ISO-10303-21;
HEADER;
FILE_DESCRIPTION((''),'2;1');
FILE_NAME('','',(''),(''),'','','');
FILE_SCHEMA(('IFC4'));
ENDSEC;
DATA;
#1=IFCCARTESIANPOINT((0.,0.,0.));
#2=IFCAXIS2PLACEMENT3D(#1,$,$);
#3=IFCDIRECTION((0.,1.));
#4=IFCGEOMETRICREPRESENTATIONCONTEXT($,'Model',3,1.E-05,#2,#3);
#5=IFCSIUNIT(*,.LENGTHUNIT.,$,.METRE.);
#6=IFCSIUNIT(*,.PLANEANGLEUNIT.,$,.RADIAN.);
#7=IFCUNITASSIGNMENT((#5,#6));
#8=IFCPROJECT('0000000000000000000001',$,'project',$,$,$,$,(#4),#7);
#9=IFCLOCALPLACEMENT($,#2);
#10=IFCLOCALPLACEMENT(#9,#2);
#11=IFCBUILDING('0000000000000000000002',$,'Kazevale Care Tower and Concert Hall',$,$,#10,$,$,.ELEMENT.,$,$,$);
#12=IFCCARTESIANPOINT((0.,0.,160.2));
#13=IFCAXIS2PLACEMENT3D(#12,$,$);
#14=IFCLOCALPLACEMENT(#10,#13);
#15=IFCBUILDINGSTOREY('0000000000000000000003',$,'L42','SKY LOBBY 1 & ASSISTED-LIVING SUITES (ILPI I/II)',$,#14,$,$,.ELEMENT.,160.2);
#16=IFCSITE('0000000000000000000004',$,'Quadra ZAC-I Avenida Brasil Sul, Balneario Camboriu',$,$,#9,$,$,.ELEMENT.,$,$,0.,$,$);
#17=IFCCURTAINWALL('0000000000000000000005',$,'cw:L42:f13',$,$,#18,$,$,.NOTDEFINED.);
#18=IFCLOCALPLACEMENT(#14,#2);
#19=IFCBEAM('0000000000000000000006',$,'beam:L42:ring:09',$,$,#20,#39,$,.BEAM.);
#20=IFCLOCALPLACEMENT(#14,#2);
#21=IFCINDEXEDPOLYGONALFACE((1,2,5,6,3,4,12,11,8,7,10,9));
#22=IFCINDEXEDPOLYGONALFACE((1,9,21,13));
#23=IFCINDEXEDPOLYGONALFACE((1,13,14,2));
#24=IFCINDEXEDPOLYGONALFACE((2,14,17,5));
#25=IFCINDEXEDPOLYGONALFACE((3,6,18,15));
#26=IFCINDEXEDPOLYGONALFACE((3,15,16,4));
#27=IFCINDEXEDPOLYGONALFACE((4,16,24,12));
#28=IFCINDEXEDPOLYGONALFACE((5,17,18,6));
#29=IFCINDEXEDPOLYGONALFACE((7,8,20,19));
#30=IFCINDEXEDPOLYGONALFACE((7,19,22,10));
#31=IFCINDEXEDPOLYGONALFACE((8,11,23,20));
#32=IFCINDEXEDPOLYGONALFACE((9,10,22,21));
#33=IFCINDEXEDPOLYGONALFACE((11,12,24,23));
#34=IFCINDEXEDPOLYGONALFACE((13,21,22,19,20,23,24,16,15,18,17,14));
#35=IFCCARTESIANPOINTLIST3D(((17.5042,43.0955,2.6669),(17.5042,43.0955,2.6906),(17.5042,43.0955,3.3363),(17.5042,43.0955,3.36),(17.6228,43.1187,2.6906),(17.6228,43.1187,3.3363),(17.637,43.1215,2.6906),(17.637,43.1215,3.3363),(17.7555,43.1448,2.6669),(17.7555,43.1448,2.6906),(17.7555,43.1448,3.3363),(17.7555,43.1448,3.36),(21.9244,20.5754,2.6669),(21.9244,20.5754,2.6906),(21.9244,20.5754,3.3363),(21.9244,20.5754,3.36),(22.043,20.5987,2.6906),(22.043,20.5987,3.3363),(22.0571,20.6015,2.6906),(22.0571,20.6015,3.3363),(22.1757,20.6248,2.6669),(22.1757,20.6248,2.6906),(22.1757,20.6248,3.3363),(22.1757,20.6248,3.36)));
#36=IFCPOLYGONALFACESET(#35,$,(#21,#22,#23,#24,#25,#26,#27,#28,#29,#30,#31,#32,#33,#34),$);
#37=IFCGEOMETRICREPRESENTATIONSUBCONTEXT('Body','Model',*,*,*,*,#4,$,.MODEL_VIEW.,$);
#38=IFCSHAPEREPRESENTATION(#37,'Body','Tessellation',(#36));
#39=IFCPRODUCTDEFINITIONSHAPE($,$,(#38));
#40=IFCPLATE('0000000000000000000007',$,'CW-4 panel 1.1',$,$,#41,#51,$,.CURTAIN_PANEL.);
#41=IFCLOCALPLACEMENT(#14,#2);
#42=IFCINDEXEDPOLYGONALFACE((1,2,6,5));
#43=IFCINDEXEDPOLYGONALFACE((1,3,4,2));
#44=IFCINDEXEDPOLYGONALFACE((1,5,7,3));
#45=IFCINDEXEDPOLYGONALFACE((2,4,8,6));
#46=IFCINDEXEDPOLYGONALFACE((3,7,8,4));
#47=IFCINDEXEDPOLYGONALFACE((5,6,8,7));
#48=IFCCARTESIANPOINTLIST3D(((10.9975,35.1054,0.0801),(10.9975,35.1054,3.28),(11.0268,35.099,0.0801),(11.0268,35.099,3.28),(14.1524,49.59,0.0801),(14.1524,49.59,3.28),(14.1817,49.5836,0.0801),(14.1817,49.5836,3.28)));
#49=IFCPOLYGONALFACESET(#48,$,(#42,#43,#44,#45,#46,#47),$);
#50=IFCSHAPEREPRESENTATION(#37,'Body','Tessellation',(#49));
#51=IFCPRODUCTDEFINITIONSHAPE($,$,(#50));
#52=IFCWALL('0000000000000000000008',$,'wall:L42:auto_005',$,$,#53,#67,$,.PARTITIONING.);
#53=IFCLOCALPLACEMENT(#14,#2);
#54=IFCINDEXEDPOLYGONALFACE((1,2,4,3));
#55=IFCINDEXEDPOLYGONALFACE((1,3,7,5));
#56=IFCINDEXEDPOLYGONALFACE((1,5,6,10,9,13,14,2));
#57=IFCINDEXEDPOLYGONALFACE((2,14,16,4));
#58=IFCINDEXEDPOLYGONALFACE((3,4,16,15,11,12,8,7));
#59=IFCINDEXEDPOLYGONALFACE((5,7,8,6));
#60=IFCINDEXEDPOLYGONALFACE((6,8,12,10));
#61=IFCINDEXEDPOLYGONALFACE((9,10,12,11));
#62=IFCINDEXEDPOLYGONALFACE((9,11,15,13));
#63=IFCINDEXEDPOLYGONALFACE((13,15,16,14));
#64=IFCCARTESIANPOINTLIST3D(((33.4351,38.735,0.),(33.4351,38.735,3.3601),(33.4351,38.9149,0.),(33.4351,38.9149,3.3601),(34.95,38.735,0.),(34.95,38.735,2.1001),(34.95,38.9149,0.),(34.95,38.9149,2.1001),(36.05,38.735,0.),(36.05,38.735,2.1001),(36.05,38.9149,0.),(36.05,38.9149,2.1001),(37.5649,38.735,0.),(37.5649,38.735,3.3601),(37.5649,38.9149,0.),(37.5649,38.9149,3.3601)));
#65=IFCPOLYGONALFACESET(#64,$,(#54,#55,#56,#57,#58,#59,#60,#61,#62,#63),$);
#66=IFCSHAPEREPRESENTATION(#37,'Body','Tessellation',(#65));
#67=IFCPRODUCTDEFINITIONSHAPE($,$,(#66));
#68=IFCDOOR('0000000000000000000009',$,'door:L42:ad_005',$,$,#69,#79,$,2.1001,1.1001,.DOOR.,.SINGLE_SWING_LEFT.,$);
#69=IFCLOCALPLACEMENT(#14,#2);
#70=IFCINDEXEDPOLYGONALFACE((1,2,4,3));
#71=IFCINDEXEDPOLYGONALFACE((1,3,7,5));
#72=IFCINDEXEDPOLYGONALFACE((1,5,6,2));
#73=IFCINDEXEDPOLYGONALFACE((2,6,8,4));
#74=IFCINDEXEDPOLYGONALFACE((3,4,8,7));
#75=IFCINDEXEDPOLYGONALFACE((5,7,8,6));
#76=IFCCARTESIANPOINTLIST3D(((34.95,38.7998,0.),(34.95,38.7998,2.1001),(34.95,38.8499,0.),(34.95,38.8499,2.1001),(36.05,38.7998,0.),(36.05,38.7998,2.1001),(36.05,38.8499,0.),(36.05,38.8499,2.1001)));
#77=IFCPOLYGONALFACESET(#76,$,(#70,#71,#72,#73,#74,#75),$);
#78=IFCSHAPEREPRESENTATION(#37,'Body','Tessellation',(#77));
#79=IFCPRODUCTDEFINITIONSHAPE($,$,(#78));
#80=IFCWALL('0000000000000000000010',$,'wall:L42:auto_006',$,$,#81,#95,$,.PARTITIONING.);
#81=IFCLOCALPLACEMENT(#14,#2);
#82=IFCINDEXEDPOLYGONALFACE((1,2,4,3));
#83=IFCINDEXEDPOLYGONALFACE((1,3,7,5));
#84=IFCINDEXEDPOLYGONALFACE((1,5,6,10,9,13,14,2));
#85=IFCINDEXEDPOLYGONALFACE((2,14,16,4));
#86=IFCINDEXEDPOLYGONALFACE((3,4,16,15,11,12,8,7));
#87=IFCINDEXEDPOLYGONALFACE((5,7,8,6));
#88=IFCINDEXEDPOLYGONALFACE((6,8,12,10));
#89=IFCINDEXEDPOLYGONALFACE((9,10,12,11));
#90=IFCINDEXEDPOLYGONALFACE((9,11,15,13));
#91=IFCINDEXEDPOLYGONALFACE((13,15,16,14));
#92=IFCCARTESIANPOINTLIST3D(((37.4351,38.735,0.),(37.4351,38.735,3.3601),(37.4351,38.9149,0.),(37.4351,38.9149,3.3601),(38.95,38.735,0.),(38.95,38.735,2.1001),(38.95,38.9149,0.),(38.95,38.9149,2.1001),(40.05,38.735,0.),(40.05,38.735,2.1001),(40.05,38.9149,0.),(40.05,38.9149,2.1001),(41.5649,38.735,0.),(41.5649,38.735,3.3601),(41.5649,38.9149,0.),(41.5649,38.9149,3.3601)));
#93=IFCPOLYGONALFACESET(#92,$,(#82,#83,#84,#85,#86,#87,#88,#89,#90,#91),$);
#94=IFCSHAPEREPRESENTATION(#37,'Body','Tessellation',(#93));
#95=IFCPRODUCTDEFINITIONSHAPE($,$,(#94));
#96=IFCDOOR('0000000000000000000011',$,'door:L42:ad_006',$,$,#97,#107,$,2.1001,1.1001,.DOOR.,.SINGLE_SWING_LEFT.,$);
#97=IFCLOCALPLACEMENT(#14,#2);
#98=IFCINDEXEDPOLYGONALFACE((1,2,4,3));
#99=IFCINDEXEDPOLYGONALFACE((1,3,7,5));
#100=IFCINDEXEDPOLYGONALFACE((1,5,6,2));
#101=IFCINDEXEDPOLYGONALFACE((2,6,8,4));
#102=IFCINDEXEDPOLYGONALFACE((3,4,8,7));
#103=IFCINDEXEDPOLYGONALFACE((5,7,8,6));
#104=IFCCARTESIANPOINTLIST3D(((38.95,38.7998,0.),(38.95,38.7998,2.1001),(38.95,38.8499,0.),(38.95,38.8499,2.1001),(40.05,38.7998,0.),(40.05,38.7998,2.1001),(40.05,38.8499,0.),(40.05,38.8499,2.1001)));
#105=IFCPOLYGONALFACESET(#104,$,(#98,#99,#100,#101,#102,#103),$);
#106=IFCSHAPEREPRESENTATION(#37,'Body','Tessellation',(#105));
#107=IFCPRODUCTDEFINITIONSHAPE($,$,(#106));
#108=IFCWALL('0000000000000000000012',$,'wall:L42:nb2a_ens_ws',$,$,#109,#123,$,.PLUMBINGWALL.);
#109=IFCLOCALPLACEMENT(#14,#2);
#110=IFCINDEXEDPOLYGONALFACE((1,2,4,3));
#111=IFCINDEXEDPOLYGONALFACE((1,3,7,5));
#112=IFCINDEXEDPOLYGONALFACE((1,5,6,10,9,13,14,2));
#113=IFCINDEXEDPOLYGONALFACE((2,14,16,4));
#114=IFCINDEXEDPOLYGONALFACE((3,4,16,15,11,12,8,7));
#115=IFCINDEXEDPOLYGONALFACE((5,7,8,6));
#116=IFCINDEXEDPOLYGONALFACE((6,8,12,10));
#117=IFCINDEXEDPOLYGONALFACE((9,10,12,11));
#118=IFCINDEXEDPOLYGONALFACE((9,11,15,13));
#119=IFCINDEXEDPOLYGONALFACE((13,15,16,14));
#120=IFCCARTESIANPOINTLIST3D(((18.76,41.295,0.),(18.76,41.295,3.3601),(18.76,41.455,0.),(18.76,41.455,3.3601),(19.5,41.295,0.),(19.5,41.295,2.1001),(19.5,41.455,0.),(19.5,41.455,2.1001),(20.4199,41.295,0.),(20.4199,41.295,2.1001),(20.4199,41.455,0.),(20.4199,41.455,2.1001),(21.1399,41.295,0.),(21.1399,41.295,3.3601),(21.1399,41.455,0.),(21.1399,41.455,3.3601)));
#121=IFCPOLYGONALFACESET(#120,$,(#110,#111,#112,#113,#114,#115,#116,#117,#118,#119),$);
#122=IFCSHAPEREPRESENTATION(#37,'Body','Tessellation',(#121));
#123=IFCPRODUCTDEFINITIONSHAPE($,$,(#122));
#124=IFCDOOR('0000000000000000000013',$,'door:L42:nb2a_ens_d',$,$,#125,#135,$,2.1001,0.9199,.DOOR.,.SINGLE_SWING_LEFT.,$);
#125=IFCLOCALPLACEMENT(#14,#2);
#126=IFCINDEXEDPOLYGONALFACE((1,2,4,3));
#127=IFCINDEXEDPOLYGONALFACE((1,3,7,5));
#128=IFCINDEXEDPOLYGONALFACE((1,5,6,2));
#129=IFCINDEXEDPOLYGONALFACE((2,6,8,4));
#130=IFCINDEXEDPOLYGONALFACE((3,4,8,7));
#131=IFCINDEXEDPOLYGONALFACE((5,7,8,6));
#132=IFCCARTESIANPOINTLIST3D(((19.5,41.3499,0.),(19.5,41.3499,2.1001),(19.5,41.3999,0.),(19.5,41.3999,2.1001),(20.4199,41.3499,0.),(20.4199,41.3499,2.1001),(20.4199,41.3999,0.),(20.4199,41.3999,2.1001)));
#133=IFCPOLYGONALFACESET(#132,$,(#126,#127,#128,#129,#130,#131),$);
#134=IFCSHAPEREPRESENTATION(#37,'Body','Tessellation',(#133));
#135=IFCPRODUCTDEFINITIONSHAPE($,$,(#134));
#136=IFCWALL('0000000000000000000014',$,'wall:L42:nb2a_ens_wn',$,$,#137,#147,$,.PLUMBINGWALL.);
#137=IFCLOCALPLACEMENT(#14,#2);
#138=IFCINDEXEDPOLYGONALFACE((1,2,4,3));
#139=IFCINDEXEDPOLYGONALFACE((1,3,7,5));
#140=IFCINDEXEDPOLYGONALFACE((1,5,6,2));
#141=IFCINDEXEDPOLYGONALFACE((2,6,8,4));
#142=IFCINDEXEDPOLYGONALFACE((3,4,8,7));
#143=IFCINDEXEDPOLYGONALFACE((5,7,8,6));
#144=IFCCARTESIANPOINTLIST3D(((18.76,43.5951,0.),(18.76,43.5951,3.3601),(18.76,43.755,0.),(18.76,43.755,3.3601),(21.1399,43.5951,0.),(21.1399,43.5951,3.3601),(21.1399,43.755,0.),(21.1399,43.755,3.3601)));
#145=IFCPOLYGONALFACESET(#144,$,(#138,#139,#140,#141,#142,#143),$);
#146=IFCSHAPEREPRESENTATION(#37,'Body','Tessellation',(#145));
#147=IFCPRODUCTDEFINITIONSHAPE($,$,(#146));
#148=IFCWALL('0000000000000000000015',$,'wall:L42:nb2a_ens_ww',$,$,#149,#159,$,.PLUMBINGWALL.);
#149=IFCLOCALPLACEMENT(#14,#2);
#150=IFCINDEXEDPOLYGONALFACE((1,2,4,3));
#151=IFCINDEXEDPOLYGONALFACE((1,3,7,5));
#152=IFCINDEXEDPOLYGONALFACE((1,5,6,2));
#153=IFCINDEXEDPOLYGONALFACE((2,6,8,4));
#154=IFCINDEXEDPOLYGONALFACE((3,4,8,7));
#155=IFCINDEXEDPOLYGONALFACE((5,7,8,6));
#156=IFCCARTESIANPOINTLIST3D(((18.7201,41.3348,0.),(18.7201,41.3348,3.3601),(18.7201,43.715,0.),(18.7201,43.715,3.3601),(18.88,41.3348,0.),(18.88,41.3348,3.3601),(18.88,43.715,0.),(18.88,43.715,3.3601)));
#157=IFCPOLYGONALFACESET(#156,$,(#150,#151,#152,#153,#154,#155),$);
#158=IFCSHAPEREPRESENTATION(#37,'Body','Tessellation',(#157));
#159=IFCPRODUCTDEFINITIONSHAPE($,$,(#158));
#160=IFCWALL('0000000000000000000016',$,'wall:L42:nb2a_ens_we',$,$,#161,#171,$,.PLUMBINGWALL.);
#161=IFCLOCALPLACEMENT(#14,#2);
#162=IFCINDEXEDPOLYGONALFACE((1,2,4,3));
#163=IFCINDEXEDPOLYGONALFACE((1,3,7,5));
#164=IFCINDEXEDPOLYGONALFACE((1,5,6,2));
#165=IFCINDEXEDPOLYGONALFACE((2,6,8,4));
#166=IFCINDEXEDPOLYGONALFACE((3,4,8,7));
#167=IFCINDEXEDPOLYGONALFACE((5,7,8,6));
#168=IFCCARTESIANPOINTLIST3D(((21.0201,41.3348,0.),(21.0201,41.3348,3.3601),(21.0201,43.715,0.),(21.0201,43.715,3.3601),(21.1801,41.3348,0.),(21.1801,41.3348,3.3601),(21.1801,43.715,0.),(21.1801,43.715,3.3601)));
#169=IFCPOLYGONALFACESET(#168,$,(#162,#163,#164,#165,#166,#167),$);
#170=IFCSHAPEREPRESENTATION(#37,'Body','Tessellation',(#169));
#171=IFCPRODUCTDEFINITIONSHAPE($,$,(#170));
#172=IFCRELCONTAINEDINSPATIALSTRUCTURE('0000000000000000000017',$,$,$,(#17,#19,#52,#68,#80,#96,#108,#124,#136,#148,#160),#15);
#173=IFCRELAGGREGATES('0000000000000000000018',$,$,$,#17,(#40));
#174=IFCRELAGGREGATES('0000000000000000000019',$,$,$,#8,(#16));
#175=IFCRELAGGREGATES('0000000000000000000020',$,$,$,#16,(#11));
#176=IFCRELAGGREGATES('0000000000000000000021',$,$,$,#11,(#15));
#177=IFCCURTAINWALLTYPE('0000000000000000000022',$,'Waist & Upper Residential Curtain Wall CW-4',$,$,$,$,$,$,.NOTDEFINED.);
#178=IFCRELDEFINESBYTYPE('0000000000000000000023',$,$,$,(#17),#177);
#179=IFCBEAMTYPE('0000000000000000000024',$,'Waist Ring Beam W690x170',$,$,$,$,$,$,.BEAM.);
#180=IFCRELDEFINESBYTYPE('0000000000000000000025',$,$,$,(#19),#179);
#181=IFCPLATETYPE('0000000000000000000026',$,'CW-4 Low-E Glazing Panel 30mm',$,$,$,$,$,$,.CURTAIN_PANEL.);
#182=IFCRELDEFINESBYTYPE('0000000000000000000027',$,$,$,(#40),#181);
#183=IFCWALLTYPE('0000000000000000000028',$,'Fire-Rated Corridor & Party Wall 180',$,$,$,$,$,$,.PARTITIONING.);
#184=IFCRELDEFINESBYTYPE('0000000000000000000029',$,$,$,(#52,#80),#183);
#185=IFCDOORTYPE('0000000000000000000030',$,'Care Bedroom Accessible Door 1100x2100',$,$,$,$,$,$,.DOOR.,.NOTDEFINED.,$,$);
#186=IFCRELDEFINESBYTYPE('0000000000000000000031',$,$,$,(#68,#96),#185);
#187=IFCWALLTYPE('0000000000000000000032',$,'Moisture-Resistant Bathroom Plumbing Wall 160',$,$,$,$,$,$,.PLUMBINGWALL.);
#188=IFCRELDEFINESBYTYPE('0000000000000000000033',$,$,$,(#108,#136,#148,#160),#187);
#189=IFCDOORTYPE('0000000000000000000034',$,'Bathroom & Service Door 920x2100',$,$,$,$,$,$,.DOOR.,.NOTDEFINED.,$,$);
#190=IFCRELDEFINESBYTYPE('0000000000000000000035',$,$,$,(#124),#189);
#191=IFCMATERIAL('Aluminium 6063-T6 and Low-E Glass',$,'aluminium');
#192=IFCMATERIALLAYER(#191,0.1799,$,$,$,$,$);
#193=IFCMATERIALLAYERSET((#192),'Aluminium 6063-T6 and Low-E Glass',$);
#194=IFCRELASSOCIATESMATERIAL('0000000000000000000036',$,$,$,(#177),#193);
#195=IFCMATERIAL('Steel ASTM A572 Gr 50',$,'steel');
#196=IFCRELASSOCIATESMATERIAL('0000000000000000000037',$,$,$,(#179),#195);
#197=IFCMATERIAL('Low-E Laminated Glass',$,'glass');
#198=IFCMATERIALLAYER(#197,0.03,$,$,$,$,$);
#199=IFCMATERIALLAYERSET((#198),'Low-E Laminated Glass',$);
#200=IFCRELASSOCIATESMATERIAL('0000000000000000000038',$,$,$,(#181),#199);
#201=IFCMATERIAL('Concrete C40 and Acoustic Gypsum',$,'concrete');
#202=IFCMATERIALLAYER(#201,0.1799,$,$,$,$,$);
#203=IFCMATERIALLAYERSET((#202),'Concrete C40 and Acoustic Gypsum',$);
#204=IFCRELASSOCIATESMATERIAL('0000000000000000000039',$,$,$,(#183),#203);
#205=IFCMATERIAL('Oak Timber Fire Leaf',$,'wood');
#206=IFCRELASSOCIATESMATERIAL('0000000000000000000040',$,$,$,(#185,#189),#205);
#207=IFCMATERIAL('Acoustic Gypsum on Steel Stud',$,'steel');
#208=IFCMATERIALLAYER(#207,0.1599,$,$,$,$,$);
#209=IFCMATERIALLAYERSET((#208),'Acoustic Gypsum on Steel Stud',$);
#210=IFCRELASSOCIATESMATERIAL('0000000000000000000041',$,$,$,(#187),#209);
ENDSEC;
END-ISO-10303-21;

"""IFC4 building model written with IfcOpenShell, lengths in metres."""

from ifc_helpers import new_model, si_unit, direction, frame, frame_2d, origin, origin_2d, place, context, subcontext, project, spatial, rectangle, i_section, extrude, material, layer, layer_set, material_profile, profile_set, type_object, element, fill, aggregate, save


model = new_model("IFC4")

# Units and contexts
model_context = context("Model", 3, precision=1e-05, world=origin(), true_north=direction((0.0, 1.0)))
body_context = subcontext(model_context, "Body", "Model", "MODEL_VIEW")
ifc_project = project(units=[si_unit("LENGTHUNIT", "METRE"), si_unit("PLANEANGLEUNIT", "RADIAN")], contexts=[model_context])

# Site, building, storey
site_placement = place(None, origin())
site = spatial("IfcSite", under=ifc_project, at=site_placement, Name="Quadra ZAC-I Avenida Brasil Sul, Balneario Camboriu", CompositionType="ELEMENT", RefElevation=0.0)
building_placement = place(site_placement, origin())
building = spatial("IfcBuilding", under=site, at=building_placement, Name="Kazevale Care Tower and Concert Hall", CompositionType="ELEMENT")
storey_placement = place(building_placement, frame((0.0, 0.0, 160.2)))
storey = spatial("IfcBuildingStorey", under=building, at=storey_placement, Name="L42", Description="SKY LOBBY 1 & ASSISTED-LIVING SUITES (ILPI I/II)", CompositionType="ELEMENT", Elevation=160.2)

# Shared definitions
ifc_material_1 = material(Name="Aluminium 6063-T6 and Low-E Glass", Category="aluminium")

# Curtain wall
ifc_layer_1 = layer(ifc_material_1, 0.1799)
ifc_layer_set_1 = layer_set([ifc_layer_1], Name="Aluminium 6063-T6 and Low-E Glass")
curtain_wall_type_1 = type_object("IfcCurtainWallType", Name="Waist & Upper Residential Curtain Wall CW-4", PredefinedType="NOTDEFINED", material=ifc_layer_set_1)
curtain_wall_1_placement = place(storey_placement, origin())
curtain_wall_1 = element("IfcCurtainWall", 1, at=curtain_wall_1_placement, inside=storey, type_object=curtain_wall_type_1, Name="cw:L42:f13", PredefinedType="NOTDEFINED")

# Beam
ifc_material_2 = material(Name="Steel ASTM A572 Gr 50", Category="steel")
ifc_material_profile_1 = material_profile(ifc_material_2, i_section(OverallWidth=0.2561, OverallDepth=0.6931, WebThickness=0.0144, FlangeThickness=0.0237, at=origin_2d()), Name="W690x170")
ifc_profile_set_1 = profile_set([ifc_material_profile_1], Name="Steel ASTM A572 Gr 50")
beam_type_1 = type_object("IfcBeamType", Name="Waist Ring Beam W690x170", PredefinedType="BEAM", material=ifc_profile_set_1)
beam_1_placement = place(storey_placement, frame((17.6299, 43.1201, 3.0134), z_axis=(0.192602, -0.981277, 0.0), x_axis=(0.981277, 0.192602, 0.0)))
element("IfcBeam", 2, at=beam_1_placement, inside=storey, type_object=beam_type_1, Name="beam:L42:ring:09", PredefinedType="BEAM", context=body_context, shape_type="SweptSolid", body=[
    extrude(i_section(OverallWidth=0.2561, OverallDepth=0.6931, WebThickness=0.0144, FlangeThickness=0.0237, at=origin_2d()), origin(), (0.0, 0.0, 1.0), 22.9497),
])

# Plate
ifc_material_3 = material(Name="Low-E Laminated Glass", Category="glass")
ifc_layer_2 = layer(ifc_material_3, 0.03)
ifc_layer_set_2 = layer_set([ifc_layer_2], Name="Low-E Laminated Glass")
plate_type = type_object("IfcPlateType", Name="CW-4 Low-E Glazing Panel 30mm", PredefinedType="CURTAIN_PANEL", material=ifc_layer_set_2)
plate_placement = place(storey_placement, frame((12.5896, 42.3445, 0.0801), z_axis=(0.0, 0.0, 1.0), x_axis=(0.212823, 0.977091, 0.0)))
plate = element("IfcPlate", 3, at=plate_placement, type_object=plate_type, Name="CW-4 panel 1.1", PredefinedType="CURTAIN_PANEL", context=body_context, shape_type="SweptSolid", body=[
    extrude(rectangle(XDim=14.8242, YDim=0.03, at=origin_2d()), origin(), (0.0, 0.0, 1.0), 3.2),
])
aggregate(curtain_wall_1, [plate])

# Walls, openings, doors
ifc_material_4 = material(Name="Concrete C40 and Acoustic Gypsum", Category="concrete")
ifc_layer_3 = layer(ifc_material_4, 0.1799)
ifc_layer_set_3 = layer_set([ifc_layer_3], Name="Concrete C40 and Acoustic Gypsum")
wall_type_1 = type_object("IfcWallType", Name="Fire-Rated Corridor & Party Wall 180", PredefinedType="PARTITIONING", material=ifc_layer_set_3)
wall_1_placement = place(storey_placement, frame((33.4351, 38.825, 0.0), z_axis=(0.0, 0.0, 1.0), x_axis=(1.0, 0.0, 0.0)))
wall_1 = element("IfcWall", 4, at=wall_1_placement, inside=storey, type_object=wall_type_1, Name="wall:L42:auto_005", PredefinedType="PARTITIONING", context=body_context, shape_type="SweptSolid", body=[
    extrude(rectangle(XDim=4.1299, YDim=0.1799, at=frame_2d((2.0649, 0.0))), origin(), (0.0, 0.0, 1.0), 3.3601),
])
opening_1_placement = place(wall_1_placement, frame((1.5149, 0.0, 0.0)))
opening_1 = element("IfcOpeningElement", 5, at=opening_1_placement, cuts=wall_1, PredefinedType="OPENING", context=body_context, shape_type="SweptSolid", body=[
    extrude(rectangle(XDim=1.1001, YDim=2.1001, at=frame_2d((0.55, 1.05))), frame((0.0, 0.0999, 0.0), z_axis=(0.0, -1.0, 0.0), x_axis=(1.0, 0.0, 0.0)), (0.0, 0.0, 1.0), 0.2),
])
ifc_material_5 = material(Name="Oak Timber Fire Leaf", Category="wood")
door_type_1 = type_object("IfcDoorType", Name="Care Bedroom Accessible Door 1100x2100", OperationType="NOTDEFINED", PredefinedType="DOOR", material=ifc_material_5)
door_1_placement = place(opening_1_placement, origin())
door_1 = element("IfcDoor", 6, at=door_1_placement, inside=storey, type_object=door_type_1, Name="door:L42:ad_005", OperationType="SINGLE_SWING_LEFT", OverallHeight=2.1001, OverallWidth=1.1001, PredefinedType="DOOR", context=body_context, shape_type="SweptSolid", body=[
    extrude(rectangle(XDim=1.1001, YDim=2.1001, at=frame_2d((0.55, 1.05))), frame((0.0, 0.0249, 0.0), z_axis=(0.0, -1.0, 0.0), x_axis=(1.0, 0.0, 0.0)), (0.0, 0.0, 1.0), 0.05),
])
fill(opening_1, door_1)
wall_2_placement = place(storey_placement, frame((37.4351, 38.825, 0.0), z_axis=(0.0, 0.0, 1.0), x_axis=(1.0, 0.0, 0.0)))
wall_2 = element("IfcWall", 7, at=wall_2_placement, inside=storey, type_object=wall_type_1, Name="wall:L42:auto_006", PredefinedType="PARTITIONING", context=body_context, shape_type="SweptSolid", body=[
    extrude(rectangle(XDim=4.1299, YDim=0.1799, at=frame_2d((2.0649, 0.0))), origin(), (0.0, 0.0, 1.0), 3.3601),
])
opening_2_placement = place(wall_2_placement, frame((1.5149, 0.0, 0.0)))
opening_2 = element("IfcOpeningElement", 8, at=opening_2_placement, cuts=wall_2, PredefinedType="OPENING", context=body_context, shape_type="SweptSolid", body=[
    extrude(rectangle(XDim=1.1001, YDim=2.1001, at=frame_2d((0.55, 1.05))), frame((0.0, 0.0999, 0.0), z_axis=(0.0, -1.0, 0.0), x_axis=(1.0, 0.0, 0.0)), (0.0, 0.0, 1.0), 0.2),
])
door_2_placement = place(opening_2_placement, origin())
door_2 = element("IfcDoor", 9, at=door_2_placement, inside=storey, type_object=door_type_1, Name="door:L42:ad_006", OperationType="SINGLE_SWING_LEFT", OverallHeight=2.1001, OverallWidth=1.1001, PredefinedType="DOOR", context=body_context, shape_type="SweptSolid", body=[
    extrude(rectangle(XDim=1.1001, YDim=2.1001, at=frame_2d((0.55, 1.05))), frame((0.0, 0.0249, 0.0), z_axis=(0.0, -1.0, 0.0), x_axis=(1.0, 0.0, 0.0)), (0.0, 0.0, 1.0), 0.05),
])
fill(opening_2, door_2)
ifc_material_6 = material(Name="Acoustic Gypsum on Steel Stud", Category="steel")
ifc_layer_4 = layer(ifc_material_6, 0.1599)
ifc_layer_set_4 = layer_set([ifc_layer_4], Name="Acoustic Gypsum on Steel Stud")
wall_type_2 = type_object("IfcWallType", Name="Moisture-Resistant Bathroom Plumbing Wall 160", PredefinedType="PLUMBINGWALL", material=ifc_layer_set_4)
wall_3_placement = place(storey_placement, frame((18.76, 41.375, 0.0), z_axis=(0.0, 0.0, 1.0), x_axis=(1.0, 0.0, 0.0)))
wall_3 = element("IfcWall", 10, at=wall_3_placement, inside=storey, type_object=wall_type_2, Name="wall:L42:nb2a_ens_ws", PredefinedType="PLUMBINGWALL", context=body_context, shape_type="SweptSolid", body=[
    extrude(rectangle(XDim=2.3799, YDim=0.1599, at=frame_2d((1.1899, 0.0))), origin(), (0.0, 0.0, 1.0), 3.3601),
])
opening_3_placement = place(wall_3_placement, frame((0.74, 0.0, 0.0)))
opening_3 = element("IfcOpeningElement", 11, at=opening_3_placement, cuts=wall_3, PredefinedType="OPENING", context=body_context, shape_type="SweptSolid", body=[
    extrude(rectangle(XDim=0.9199, YDim=2.1001, at=frame_2d((0.46, 1.05))), frame((0.0, 0.0898, 0.0), z_axis=(0.0, -1.0, 0.0), x_axis=(1.0, 0.0, 0.0)), (0.0, 0.0, 1.0), 0.1799),
])
door_type_2 = type_object("IfcDoorType", Name="Bathroom & Service Door 920x2100", OperationType="NOTDEFINED", PredefinedType="DOOR", material=ifc_material_5)
door_3_placement = place(opening_3_placement, origin())
door_3 = element("IfcDoor", 12, at=door_3_placement, inside=storey, type_object=door_type_2, Name="door:L42:nb2a_ens_d", OperationType="SINGLE_SWING_LEFT", OverallHeight=2.1001, OverallWidth=0.9199, PredefinedType="DOOR", context=body_context, shape_type="SweptSolid", body=[
    extrude(rectangle(XDim=0.9199, YDim=2.1001, at=frame_2d((0.46, 1.05))), frame((0.0, 0.0249, 0.0), z_axis=(0.0, -1.0, 0.0), x_axis=(1.0, 0.0, 0.0)), (0.0, 0.0, 1.0), 0.05),
])
fill(opening_3, door_3)

# Walls
wall_4_placement = place(storey_placement, frame((18.76, 43.675, 0.0), z_axis=(0.0, 0.0, 1.0), x_axis=(1.0, 0.0, 0.0)))
element("IfcWall", 13, at=wall_4_placement, inside=storey, type_object=wall_type_2, Name="wall:L42:nb2a_ens_wn", PredefinedType="PLUMBINGWALL", context=body_context, shape_type="SweptSolid", body=[
    extrude(rectangle(XDim=2.3799, YDim=0.1599, at=frame_2d((1.1899, 0.0))), origin(), (0.0, 0.0, 1.0), 3.3601),
])
for number, where, z_axis, x_axis, name in (
    (14, (18.8, 41.335, 0.0), (0.0, 0.0, 1.0), (0.0, 1.0, 0.0), "wall:L42:nb2a_ens_ww"),
    (15, (21.1001, 41.335, 0.0), (0.0, 0.0, 1.0), (0.0, 1.0, 0.0), "wall:L42:nb2a_ens_we"),
):
    element("IfcWall", number, at=place(storey_placement, frame(where, z_axis=z_axis, x_axis=x_axis)), inside=storey, type_object=wall_type_2, Name=name, PredefinedType="PLUMBINGWALL", context=body_context, shape_type="SweptSolid", body=[
        extrude(rectangle(XDim=2.3801, YDim=0.1599, at=frame_2d((1.1899, 0.0))), origin(), (0.0, 0.0, 1.0), 3.3601),
    ])

save(model, "model.ifc")
